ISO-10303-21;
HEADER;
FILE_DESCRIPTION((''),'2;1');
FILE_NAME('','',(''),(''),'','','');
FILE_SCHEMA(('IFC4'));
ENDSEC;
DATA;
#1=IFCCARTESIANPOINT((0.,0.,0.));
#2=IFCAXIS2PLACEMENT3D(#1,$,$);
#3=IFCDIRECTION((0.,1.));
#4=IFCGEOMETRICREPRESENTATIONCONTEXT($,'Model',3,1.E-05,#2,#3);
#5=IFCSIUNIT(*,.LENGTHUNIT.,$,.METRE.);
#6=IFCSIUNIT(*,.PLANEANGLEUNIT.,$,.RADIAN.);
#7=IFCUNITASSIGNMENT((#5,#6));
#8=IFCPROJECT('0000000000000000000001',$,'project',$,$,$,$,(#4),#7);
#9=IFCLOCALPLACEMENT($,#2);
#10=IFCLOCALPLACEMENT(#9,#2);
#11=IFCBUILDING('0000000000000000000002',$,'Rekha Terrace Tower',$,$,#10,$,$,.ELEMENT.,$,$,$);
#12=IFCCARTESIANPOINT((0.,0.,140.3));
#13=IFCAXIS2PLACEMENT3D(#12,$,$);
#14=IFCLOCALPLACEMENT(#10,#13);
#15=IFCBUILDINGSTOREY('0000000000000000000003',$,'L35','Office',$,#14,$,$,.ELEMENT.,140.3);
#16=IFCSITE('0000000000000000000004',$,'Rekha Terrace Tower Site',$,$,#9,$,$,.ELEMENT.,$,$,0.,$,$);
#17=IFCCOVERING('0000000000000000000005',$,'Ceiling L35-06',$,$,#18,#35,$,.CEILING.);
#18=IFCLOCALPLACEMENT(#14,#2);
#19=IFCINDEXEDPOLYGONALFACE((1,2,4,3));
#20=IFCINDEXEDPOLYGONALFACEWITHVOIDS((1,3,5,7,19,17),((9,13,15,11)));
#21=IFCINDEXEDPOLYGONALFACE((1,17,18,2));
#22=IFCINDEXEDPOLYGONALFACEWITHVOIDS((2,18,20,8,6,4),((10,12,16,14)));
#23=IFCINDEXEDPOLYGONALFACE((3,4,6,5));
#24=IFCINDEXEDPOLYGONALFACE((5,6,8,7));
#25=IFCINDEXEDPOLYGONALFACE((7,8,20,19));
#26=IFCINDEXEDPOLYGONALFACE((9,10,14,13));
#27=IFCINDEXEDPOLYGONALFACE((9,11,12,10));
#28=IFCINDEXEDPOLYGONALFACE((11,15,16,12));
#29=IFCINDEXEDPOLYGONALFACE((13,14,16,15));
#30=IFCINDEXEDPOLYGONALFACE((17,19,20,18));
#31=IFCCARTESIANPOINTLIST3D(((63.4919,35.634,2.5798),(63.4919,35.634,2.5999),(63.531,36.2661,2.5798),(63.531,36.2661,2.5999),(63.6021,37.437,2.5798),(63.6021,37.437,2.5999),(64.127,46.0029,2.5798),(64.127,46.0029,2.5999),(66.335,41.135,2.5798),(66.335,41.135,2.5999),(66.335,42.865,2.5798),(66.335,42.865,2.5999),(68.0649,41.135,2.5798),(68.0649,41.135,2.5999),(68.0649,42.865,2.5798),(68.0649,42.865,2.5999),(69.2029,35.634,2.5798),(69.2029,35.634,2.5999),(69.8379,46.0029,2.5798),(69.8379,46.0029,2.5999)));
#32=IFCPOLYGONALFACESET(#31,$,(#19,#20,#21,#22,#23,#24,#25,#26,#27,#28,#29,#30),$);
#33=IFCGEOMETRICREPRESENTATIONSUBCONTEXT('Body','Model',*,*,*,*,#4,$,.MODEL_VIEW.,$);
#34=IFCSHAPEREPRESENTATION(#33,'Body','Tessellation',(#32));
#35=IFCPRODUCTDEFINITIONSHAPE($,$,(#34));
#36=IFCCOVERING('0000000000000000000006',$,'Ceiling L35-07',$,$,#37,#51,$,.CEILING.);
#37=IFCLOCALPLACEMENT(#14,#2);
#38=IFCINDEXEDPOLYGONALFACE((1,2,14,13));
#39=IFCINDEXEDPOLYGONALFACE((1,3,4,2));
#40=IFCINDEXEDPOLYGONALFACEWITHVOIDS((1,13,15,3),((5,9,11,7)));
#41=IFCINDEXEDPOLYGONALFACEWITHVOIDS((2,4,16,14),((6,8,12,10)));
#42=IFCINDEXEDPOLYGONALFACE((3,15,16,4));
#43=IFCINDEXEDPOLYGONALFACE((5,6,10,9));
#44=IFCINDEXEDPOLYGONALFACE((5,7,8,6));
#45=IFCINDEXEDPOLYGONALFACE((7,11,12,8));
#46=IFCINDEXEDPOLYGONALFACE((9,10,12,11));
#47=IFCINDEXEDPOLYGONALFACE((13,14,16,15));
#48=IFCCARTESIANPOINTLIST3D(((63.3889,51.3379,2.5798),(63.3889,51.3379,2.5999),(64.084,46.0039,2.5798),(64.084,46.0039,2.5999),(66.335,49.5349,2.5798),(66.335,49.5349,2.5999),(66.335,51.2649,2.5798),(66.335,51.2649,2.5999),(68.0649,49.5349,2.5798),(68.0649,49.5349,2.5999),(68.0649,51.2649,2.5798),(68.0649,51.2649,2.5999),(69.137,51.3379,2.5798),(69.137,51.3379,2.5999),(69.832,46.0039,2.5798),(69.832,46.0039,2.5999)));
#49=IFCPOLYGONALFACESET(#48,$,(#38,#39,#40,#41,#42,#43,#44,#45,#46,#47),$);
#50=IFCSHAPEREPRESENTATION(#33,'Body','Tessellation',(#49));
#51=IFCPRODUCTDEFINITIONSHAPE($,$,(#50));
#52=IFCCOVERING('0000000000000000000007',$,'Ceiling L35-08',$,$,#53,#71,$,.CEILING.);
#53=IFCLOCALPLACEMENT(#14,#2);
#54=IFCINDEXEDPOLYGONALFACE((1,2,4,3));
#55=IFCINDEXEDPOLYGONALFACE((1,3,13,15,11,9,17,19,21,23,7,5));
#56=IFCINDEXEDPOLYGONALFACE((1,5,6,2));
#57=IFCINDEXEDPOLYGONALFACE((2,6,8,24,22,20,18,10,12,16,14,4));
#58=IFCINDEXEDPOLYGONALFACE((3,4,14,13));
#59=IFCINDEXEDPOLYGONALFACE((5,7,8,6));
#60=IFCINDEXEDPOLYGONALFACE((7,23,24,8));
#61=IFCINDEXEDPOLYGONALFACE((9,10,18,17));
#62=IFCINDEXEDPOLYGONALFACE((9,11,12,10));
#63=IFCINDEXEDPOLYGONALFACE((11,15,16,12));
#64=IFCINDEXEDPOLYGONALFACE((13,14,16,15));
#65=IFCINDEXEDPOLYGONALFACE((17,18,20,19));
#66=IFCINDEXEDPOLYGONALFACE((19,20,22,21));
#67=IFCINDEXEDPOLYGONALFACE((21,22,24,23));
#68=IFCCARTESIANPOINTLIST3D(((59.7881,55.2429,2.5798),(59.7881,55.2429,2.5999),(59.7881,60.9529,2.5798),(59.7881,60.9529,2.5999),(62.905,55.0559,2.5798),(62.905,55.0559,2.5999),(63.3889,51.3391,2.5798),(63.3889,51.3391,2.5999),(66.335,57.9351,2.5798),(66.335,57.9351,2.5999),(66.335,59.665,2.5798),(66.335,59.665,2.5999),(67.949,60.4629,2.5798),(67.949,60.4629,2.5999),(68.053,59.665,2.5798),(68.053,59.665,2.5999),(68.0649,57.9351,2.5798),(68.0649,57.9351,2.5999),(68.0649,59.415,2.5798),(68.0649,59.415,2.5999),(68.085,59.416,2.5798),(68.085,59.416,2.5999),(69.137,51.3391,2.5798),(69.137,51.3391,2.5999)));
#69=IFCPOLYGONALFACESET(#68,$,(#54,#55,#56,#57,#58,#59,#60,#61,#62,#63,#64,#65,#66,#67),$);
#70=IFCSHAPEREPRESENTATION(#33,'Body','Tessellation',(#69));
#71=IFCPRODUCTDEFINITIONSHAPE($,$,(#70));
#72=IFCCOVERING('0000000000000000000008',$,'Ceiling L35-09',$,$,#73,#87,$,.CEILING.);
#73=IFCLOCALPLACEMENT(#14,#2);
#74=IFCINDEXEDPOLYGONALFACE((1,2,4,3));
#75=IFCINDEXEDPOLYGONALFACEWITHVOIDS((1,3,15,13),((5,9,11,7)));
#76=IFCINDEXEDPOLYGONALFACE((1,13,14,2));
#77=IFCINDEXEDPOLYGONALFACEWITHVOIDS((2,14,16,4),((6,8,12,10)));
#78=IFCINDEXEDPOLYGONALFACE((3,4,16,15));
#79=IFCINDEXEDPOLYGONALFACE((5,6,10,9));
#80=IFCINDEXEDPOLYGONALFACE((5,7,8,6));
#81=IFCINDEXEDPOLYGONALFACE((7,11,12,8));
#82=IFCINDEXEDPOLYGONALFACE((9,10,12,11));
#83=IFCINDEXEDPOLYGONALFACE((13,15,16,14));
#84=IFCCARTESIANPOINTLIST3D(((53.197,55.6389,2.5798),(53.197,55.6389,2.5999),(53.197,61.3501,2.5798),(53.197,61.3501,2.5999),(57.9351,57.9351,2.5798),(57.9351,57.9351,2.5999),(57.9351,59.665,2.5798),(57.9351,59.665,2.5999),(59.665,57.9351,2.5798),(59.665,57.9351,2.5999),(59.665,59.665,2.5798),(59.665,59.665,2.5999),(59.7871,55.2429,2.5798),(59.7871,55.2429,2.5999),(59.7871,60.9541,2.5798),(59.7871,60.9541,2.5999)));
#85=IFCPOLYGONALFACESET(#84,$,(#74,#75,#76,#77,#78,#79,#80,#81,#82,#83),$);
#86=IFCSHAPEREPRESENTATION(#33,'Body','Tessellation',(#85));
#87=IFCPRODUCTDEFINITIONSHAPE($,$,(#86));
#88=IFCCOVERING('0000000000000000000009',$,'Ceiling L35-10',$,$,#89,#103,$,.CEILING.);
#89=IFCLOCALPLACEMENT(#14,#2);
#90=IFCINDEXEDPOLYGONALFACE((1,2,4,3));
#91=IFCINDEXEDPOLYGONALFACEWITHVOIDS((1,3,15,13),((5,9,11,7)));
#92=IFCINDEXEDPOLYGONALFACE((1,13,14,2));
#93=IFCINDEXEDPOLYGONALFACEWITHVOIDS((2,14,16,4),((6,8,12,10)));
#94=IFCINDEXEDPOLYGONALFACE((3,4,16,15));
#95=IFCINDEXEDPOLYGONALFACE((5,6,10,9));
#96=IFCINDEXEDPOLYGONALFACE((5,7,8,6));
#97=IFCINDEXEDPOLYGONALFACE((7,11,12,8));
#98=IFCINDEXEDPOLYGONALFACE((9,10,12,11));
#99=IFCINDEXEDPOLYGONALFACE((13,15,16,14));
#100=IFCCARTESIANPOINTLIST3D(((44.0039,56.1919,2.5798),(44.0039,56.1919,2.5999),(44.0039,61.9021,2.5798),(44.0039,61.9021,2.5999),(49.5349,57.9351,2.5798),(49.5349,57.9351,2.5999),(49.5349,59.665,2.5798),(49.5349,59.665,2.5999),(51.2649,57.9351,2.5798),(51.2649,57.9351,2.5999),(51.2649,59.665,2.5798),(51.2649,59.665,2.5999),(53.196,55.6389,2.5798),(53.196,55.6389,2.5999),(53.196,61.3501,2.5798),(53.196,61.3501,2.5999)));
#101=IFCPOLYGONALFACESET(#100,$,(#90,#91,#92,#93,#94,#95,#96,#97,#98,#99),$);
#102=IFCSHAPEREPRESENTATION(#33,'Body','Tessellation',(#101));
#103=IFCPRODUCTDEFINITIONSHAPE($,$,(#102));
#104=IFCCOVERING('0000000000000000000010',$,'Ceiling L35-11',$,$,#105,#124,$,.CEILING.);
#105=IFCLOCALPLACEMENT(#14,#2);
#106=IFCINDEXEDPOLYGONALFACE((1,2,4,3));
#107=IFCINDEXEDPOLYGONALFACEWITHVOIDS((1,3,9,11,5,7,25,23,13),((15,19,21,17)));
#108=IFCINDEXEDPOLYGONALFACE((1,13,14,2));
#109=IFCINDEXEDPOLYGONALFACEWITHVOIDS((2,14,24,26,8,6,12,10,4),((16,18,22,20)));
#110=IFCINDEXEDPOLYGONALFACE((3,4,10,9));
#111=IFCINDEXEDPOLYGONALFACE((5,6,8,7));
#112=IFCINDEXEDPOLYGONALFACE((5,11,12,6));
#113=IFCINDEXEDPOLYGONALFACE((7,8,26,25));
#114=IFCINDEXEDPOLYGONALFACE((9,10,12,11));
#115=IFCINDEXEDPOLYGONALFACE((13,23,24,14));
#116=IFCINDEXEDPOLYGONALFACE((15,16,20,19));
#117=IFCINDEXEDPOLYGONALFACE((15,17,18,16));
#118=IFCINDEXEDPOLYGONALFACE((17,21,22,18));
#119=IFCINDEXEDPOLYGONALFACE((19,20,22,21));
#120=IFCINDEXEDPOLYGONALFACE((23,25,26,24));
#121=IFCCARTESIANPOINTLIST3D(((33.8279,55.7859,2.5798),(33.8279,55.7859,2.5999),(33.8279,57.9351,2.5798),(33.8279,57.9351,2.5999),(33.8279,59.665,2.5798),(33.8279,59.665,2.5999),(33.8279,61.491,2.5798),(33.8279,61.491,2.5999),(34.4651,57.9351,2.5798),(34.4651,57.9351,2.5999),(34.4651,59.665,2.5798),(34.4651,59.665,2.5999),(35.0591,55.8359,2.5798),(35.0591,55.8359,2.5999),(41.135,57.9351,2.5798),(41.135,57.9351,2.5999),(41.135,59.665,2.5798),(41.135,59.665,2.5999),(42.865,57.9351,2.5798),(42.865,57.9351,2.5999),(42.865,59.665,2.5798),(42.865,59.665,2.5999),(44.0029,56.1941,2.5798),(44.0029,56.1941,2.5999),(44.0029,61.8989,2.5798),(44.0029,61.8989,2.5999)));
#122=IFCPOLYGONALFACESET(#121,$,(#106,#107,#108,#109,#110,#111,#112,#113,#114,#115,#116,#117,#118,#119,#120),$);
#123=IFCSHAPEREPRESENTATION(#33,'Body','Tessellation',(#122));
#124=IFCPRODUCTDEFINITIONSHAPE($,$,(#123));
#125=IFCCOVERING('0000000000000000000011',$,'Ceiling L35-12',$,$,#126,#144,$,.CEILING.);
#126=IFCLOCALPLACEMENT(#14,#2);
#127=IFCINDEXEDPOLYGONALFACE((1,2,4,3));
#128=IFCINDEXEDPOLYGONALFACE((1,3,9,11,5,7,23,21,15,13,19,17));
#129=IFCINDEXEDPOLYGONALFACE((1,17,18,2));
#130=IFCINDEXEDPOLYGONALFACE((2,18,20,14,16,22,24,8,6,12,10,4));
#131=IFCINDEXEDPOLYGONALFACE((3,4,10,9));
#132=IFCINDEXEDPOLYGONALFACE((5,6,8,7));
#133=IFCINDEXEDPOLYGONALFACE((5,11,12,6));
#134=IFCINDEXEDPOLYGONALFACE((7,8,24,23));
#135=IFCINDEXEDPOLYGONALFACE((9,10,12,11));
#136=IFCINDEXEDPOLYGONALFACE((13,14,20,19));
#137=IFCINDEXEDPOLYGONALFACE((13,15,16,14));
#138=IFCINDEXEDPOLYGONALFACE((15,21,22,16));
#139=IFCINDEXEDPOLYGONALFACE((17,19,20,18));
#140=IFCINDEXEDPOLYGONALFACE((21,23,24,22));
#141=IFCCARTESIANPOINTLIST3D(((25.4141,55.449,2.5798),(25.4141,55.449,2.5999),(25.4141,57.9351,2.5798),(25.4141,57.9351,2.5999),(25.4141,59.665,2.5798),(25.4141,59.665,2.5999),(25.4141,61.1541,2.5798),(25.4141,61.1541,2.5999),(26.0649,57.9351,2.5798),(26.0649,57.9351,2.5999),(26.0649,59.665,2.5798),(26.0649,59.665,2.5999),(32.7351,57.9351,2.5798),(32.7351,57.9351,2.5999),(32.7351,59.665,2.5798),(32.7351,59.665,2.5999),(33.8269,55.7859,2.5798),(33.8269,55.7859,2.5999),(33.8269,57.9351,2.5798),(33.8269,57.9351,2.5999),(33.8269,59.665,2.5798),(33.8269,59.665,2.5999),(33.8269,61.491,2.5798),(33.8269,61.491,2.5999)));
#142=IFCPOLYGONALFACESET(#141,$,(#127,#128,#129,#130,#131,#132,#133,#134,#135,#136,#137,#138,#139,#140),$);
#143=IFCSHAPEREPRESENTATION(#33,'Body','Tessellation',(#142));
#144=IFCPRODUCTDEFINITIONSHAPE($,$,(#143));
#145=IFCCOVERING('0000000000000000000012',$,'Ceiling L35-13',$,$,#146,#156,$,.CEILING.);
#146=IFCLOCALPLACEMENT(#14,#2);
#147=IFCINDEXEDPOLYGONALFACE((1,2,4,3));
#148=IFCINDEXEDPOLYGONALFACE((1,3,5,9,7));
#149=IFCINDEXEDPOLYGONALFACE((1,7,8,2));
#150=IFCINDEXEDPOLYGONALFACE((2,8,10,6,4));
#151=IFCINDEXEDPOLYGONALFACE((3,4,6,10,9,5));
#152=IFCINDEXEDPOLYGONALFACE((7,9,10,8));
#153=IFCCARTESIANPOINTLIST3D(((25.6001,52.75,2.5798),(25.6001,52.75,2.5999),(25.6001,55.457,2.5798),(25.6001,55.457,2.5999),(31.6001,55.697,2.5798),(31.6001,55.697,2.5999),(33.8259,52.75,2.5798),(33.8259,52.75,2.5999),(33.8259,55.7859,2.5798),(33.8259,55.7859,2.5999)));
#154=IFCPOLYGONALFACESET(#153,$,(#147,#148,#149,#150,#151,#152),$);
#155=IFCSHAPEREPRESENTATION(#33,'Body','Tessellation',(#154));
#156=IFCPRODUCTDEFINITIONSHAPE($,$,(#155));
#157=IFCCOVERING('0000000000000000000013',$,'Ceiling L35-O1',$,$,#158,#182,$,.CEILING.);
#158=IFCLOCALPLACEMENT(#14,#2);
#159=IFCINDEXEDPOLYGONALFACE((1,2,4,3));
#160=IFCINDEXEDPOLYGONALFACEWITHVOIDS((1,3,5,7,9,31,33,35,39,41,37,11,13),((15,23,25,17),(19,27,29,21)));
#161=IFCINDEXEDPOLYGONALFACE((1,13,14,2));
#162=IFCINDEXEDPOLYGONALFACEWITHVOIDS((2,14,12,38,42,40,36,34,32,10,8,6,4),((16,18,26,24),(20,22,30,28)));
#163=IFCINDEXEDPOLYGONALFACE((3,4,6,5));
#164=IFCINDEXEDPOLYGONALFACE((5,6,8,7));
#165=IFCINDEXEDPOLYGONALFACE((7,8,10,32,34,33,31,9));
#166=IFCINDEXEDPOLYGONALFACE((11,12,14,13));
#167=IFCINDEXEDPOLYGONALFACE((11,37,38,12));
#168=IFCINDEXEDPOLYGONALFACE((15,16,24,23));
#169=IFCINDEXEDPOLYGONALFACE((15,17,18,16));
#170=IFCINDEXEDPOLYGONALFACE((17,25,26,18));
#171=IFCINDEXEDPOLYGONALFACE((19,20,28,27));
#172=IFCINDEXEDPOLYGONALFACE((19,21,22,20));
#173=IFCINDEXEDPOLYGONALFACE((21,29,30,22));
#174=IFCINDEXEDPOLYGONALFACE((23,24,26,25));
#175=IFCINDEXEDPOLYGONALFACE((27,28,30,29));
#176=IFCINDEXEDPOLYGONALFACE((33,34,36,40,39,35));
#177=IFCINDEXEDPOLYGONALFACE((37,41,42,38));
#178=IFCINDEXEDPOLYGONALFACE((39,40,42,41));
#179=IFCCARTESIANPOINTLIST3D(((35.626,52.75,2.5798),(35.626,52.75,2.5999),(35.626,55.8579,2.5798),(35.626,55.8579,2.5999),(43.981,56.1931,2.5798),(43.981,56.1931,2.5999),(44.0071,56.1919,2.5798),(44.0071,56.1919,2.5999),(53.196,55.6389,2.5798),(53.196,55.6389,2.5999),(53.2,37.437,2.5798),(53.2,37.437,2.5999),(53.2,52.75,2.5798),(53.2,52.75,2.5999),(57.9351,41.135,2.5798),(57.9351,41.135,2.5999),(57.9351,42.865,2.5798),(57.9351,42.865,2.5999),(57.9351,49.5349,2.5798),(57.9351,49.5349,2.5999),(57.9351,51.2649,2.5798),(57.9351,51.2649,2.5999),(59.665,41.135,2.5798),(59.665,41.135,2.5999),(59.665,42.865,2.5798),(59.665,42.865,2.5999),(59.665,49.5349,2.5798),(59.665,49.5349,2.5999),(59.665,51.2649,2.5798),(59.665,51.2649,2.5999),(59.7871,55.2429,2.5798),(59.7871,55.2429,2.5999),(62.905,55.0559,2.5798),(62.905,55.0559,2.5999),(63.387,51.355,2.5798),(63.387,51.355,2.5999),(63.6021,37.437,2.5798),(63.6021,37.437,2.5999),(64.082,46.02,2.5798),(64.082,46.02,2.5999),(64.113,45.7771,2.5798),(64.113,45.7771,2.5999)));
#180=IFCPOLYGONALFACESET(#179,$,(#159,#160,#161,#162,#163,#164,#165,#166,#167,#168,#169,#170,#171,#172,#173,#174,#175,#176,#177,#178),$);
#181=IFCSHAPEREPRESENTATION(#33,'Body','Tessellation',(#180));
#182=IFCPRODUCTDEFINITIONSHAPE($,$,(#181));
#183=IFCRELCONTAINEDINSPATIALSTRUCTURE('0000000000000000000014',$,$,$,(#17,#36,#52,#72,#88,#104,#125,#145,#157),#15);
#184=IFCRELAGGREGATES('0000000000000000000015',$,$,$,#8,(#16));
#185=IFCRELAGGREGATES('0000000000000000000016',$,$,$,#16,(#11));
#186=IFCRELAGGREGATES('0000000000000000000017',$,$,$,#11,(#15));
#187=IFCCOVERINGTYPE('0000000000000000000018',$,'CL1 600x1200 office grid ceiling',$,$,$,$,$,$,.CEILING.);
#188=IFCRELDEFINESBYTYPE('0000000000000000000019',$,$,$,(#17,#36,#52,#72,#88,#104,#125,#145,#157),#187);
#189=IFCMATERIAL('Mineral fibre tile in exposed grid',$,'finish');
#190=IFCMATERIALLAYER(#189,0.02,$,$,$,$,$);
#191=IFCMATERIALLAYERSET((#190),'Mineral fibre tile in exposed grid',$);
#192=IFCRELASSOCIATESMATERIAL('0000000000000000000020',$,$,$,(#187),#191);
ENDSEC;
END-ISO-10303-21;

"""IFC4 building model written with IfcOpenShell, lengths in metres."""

from ifc_helpers import new_model, si_unit, direction, frame, origin, place, context, subcontext, project, spatial, polyline, outline, extrude, material, layer, layer_set, type_object, element, save


model = new_model("IFC4")

# Units and contexts
model_context = context("Model", 3, precision=1e-05, world=origin(), true_north=direction((0.0, 1.0)))
body_context = subcontext(model_context, "Body", "Model", "MODEL_VIEW")
ifc_project = project(units=[si_unit("LENGTHUNIT", "METRE"), si_unit("PLANEANGLEUNIT", "RADIAN")], contexts=[model_context])

# Site, building, storey
site_placement = place(None, origin())
site = spatial("IfcSite", under=ifc_project, at=site_placement, Name="Rekha Terrace Tower Site", CompositionType="ELEMENT", RefElevation=0.0)
building_placement = place(site_placement, origin())
building = spatial("IfcBuilding", under=site, at=building_placement, Name="Rekha Terrace Tower", CompositionType="ELEMENT")
storey_placement = place(building_placement, frame((0.0, 0.0, 140.3)))
storey = spatial("IfcBuildingStorey", under=building, at=storey_placement, Name="L35", Description="Office", CompositionType="ELEMENT", Elevation=140.3)

# Coverings
ifc_material_1 = material(Name="Mineral fibre tile in exposed grid", Category="finish")
ifc_layer_1 = layer(ifc_material_1, 0.02)
ifc_layer_set_1 = layer_set([ifc_layer_1], Name="Mineral fibre tile in exposed grid")
covering_type_1 = type_object("IfcCoveringType", Name="CL1 600x1200 office grid ceiling", PredefinedType="CEILING", material=ifc_layer_set_1)
covering_1_placement = place(storey_placement, frame((0.0, 0.0, 2.5798)))
element("IfcCovering", 1, at=covering_1_placement, inside=storey, type_object=covering_type_1, Name="Ceiling L35-06", PredefinedType="CEILING", context=body_context, shape_type="SweptSolid", body=[
    extrude(outline(polyline([(69.8379, 46.0029), (64.127, 46.0029), (63.6021, 37.437), (63.531, 36.2661), (63.4919, 35.634), (69.2029, 35.634), (69.8379, 46.0029)]), holes=[polyline([(68.0649, 41.135), (66.335, 41.135), (66.335, 42.865), (68.0649, 42.865), (68.0649, 41.135)])]), origin(), (0.0, 0.0, 1.0), 0.02),
])
covering_2_placement = place(storey_placement, frame((0.0, 0.0, 2.5798)))
element("IfcCovering", 2, at=covering_2_placement, inside=storey, type_object=covering_type_1, Name="Ceiling L35-07", PredefinedType="CEILING", context=body_context, shape_type="SweptSolid", body=[
    extrude(outline(polyline([(64.084, 46.0039), (69.832, 46.0039), (69.137, 51.3379), (63.3889, 51.3379), (64.084, 46.0039)]), holes=[polyline([(68.0649, 49.5349), (66.335, 49.5349), (66.335, 51.2649), (68.0649, 51.2649), (68.0649, 49.5349)])]), origin(), (0.0, 0.0, 1.0), 0.02),
])
covering_3_placement = place(storey_placement, frame((0.0, 0.0, 2.5798)))
element("IfcCovering", 3, at=covering_3_placement, inside=storey, type_object=covering_type_1, Name="Ceiling L35-08", PredefinedType="CEILING", context=body_context, shape_type="SweptSolid", body=[
    extrude(outline(polyline([(67.949, 60.4629), (59.7881, 60.9529), (59.7881, 55.2429), (62.905, 55.0559), (63.3889, 51.3391), (69.137, 51.3391), (68.085, 59.416), (68.0649, 59.415), (68.0649, 57.9351), (66.335, 57.9351), (66.335, 59.665), (68.053, 59.665), (67.949, 60.4629)])), origin(), (0.0, 0.0, 1.0), 0.02),
])
covering_4_placement = place(storey_placement, frame((0.0, 0.0, 2.5798)))
element("IfcCovering", 4, at=covering_4_placement, inside=storey, type_object=covering_type_1, Name="Ceiling L35-09", PredefinedType="CEILING", context=body_context, shape_type="SweptSolid", body=[
    extrude(outline(polyline([(59.7871, 55.2429), (59.7871, 60.9541), (53.197, 61.3501), (53.197, 55.6389), (59.7871, 55.2429)]), holes=[polyline([(59.665, 57.9351), (57.9351, 57.9351), (57.9351, 59.665), (59.665, 59.665), (59.665, 57.9351)])]), origin(), (0.0, 0.0, 1.0), 0.02),
])
covering_5_placement = place(storey_placement, frame((0.0, 0.0, 2.5798)))
element("IfcCovering", 5, at=covering_5_placement, inside=storey, type_object=covering_type_1, Name="Ceiling L35-10", PredefinedType="CEILING", context=body_context, shape_type="SweptSolid", body=[
    extrude(outline(polyline([(53.196, 55.6389), (53.196, 61.3501), (44.0039, 61.9021), (44.0039, 56.1919), (53.196, 55.6389)]), holes=[polyline([(51.2649, 57.9351), (49.5349, 57.9351), (49.5349, 59.665), (51.2649, 59.665), (51.2649, 57.9351)])]), origin(), (0.0, 0.0, 1.0), 0.02),
])
covering_6_placement = place(storey_placement, frame((0.0, 0.0, 2.5798)))
element("IfcCovering", 6, at=covering_6_placement, inside=storey, type_object=covering_type_1, Name="Ceiling L35-11", PredefinedType="CEILING", context=body_context, shape_type="SweptSolid", body=[
    extrude(outline(polyline([(33.8279, 57.9351), (33.8279, 55.7859), (35.0591, 55.8359), (44.0029, 56.1941), (44.0029, 61.8989), (33.8279, 61.491), (33.8279, 59.665), (34.4651, 59.665), (34.4651, 57.9351), (33.8279, 57.9351)]), holes=[polyline([(42.865, 57.9351), (41.135, 57.9351), (41.135, 59.665), (42.865, 59.665), (42.865, 57.9351)])]), origin(), (0.0, 0.0, 1.0), 0.02),
])
covering_7_placement = place(storey_placement, frame((0.0, 0.0, 2.5798)))
element("IfcCovering", 7, at=covering_7_placement, inside=storey, type_object=covering_type_1, Name="Ceiling L35-12", PredefinedType="CEILING", context=body_context, shape_type="SweptSolid", body=[
    extrude(outline(polyline([(26.0649, 57.9351), (25.4141, 57.9351), (25.4141, 55.449), (33.8269, 55.7859), (33.8269, 57.9351), (32.7351, 57.9351), (32.7351, 59.665), (33.8269, 59.665), (33.8269, 61.491), (25.4141, 61.1541), (25.4141, 59.665), (26.0649, 59.665), (26.0649, 57.9351)])), origin(), (0.0, 0.0, 1.0), 0.02),
])
covering_8_placement = place(storey_placement, frame((0.0, 0.0, 2.5798)))
element("IfcCovering", 8, at=covering_8_placement, inside=storey, type_object=covering_type_1, Name="Ceiling L35-13", PredefinedType="CEILING", context=body_context, shape_type="SweptSolid", body=[
    extrude(outline(polyline([(33.8259, 55.7859), (31.6001, 55.697), (25.6001, 55.457), (25.6001, 52.75), (33.8259, 52.75), (33.8259, 55.7859)])), origin(), (0.0, 0.0, 1.0), 0.02),
])
covering_9_placement = place(storey_placement, frame((0.0, 0.0, 2.5798)))
element("IfcCovering", 9, at=covering_9_placement, inside=storey, type_object=covering_type_1, Name="Ceiling L35-O1", PredefinedType="CEILING", context=body_context, shape_type="SweptSolid", body=[
    extrude(outline(polyline([(53.196, 55.6389), (44.0071, 56.1919), (43.981, 56.1931), (35.626, 55.8579), (35.626, 52.75), (53.2, 52.75), (53.2, 37.437), (63.6021, 37.437), (64.113, 45.7771), (64.082, 46.02), (63.387, 51.355), (62.905, 55.0559), (59.7871, 55.2429), (53.196, 55.6389)]), holes=[polyline([(59.665, 41.135), (57.9351, 41.135), (57.9351, 42.865), (59.665, 42.865), (59.665, 41.135)]), polyline([(59.665, 49.5349), (57.9351, 49.5349), (57.9351, 51.2649), (59.665, 51.2649), (59.665, 49.5349)])]), origin(), (0.0, 0.0, 1.0), 0.02),
])

save(model, "model.ifc")
